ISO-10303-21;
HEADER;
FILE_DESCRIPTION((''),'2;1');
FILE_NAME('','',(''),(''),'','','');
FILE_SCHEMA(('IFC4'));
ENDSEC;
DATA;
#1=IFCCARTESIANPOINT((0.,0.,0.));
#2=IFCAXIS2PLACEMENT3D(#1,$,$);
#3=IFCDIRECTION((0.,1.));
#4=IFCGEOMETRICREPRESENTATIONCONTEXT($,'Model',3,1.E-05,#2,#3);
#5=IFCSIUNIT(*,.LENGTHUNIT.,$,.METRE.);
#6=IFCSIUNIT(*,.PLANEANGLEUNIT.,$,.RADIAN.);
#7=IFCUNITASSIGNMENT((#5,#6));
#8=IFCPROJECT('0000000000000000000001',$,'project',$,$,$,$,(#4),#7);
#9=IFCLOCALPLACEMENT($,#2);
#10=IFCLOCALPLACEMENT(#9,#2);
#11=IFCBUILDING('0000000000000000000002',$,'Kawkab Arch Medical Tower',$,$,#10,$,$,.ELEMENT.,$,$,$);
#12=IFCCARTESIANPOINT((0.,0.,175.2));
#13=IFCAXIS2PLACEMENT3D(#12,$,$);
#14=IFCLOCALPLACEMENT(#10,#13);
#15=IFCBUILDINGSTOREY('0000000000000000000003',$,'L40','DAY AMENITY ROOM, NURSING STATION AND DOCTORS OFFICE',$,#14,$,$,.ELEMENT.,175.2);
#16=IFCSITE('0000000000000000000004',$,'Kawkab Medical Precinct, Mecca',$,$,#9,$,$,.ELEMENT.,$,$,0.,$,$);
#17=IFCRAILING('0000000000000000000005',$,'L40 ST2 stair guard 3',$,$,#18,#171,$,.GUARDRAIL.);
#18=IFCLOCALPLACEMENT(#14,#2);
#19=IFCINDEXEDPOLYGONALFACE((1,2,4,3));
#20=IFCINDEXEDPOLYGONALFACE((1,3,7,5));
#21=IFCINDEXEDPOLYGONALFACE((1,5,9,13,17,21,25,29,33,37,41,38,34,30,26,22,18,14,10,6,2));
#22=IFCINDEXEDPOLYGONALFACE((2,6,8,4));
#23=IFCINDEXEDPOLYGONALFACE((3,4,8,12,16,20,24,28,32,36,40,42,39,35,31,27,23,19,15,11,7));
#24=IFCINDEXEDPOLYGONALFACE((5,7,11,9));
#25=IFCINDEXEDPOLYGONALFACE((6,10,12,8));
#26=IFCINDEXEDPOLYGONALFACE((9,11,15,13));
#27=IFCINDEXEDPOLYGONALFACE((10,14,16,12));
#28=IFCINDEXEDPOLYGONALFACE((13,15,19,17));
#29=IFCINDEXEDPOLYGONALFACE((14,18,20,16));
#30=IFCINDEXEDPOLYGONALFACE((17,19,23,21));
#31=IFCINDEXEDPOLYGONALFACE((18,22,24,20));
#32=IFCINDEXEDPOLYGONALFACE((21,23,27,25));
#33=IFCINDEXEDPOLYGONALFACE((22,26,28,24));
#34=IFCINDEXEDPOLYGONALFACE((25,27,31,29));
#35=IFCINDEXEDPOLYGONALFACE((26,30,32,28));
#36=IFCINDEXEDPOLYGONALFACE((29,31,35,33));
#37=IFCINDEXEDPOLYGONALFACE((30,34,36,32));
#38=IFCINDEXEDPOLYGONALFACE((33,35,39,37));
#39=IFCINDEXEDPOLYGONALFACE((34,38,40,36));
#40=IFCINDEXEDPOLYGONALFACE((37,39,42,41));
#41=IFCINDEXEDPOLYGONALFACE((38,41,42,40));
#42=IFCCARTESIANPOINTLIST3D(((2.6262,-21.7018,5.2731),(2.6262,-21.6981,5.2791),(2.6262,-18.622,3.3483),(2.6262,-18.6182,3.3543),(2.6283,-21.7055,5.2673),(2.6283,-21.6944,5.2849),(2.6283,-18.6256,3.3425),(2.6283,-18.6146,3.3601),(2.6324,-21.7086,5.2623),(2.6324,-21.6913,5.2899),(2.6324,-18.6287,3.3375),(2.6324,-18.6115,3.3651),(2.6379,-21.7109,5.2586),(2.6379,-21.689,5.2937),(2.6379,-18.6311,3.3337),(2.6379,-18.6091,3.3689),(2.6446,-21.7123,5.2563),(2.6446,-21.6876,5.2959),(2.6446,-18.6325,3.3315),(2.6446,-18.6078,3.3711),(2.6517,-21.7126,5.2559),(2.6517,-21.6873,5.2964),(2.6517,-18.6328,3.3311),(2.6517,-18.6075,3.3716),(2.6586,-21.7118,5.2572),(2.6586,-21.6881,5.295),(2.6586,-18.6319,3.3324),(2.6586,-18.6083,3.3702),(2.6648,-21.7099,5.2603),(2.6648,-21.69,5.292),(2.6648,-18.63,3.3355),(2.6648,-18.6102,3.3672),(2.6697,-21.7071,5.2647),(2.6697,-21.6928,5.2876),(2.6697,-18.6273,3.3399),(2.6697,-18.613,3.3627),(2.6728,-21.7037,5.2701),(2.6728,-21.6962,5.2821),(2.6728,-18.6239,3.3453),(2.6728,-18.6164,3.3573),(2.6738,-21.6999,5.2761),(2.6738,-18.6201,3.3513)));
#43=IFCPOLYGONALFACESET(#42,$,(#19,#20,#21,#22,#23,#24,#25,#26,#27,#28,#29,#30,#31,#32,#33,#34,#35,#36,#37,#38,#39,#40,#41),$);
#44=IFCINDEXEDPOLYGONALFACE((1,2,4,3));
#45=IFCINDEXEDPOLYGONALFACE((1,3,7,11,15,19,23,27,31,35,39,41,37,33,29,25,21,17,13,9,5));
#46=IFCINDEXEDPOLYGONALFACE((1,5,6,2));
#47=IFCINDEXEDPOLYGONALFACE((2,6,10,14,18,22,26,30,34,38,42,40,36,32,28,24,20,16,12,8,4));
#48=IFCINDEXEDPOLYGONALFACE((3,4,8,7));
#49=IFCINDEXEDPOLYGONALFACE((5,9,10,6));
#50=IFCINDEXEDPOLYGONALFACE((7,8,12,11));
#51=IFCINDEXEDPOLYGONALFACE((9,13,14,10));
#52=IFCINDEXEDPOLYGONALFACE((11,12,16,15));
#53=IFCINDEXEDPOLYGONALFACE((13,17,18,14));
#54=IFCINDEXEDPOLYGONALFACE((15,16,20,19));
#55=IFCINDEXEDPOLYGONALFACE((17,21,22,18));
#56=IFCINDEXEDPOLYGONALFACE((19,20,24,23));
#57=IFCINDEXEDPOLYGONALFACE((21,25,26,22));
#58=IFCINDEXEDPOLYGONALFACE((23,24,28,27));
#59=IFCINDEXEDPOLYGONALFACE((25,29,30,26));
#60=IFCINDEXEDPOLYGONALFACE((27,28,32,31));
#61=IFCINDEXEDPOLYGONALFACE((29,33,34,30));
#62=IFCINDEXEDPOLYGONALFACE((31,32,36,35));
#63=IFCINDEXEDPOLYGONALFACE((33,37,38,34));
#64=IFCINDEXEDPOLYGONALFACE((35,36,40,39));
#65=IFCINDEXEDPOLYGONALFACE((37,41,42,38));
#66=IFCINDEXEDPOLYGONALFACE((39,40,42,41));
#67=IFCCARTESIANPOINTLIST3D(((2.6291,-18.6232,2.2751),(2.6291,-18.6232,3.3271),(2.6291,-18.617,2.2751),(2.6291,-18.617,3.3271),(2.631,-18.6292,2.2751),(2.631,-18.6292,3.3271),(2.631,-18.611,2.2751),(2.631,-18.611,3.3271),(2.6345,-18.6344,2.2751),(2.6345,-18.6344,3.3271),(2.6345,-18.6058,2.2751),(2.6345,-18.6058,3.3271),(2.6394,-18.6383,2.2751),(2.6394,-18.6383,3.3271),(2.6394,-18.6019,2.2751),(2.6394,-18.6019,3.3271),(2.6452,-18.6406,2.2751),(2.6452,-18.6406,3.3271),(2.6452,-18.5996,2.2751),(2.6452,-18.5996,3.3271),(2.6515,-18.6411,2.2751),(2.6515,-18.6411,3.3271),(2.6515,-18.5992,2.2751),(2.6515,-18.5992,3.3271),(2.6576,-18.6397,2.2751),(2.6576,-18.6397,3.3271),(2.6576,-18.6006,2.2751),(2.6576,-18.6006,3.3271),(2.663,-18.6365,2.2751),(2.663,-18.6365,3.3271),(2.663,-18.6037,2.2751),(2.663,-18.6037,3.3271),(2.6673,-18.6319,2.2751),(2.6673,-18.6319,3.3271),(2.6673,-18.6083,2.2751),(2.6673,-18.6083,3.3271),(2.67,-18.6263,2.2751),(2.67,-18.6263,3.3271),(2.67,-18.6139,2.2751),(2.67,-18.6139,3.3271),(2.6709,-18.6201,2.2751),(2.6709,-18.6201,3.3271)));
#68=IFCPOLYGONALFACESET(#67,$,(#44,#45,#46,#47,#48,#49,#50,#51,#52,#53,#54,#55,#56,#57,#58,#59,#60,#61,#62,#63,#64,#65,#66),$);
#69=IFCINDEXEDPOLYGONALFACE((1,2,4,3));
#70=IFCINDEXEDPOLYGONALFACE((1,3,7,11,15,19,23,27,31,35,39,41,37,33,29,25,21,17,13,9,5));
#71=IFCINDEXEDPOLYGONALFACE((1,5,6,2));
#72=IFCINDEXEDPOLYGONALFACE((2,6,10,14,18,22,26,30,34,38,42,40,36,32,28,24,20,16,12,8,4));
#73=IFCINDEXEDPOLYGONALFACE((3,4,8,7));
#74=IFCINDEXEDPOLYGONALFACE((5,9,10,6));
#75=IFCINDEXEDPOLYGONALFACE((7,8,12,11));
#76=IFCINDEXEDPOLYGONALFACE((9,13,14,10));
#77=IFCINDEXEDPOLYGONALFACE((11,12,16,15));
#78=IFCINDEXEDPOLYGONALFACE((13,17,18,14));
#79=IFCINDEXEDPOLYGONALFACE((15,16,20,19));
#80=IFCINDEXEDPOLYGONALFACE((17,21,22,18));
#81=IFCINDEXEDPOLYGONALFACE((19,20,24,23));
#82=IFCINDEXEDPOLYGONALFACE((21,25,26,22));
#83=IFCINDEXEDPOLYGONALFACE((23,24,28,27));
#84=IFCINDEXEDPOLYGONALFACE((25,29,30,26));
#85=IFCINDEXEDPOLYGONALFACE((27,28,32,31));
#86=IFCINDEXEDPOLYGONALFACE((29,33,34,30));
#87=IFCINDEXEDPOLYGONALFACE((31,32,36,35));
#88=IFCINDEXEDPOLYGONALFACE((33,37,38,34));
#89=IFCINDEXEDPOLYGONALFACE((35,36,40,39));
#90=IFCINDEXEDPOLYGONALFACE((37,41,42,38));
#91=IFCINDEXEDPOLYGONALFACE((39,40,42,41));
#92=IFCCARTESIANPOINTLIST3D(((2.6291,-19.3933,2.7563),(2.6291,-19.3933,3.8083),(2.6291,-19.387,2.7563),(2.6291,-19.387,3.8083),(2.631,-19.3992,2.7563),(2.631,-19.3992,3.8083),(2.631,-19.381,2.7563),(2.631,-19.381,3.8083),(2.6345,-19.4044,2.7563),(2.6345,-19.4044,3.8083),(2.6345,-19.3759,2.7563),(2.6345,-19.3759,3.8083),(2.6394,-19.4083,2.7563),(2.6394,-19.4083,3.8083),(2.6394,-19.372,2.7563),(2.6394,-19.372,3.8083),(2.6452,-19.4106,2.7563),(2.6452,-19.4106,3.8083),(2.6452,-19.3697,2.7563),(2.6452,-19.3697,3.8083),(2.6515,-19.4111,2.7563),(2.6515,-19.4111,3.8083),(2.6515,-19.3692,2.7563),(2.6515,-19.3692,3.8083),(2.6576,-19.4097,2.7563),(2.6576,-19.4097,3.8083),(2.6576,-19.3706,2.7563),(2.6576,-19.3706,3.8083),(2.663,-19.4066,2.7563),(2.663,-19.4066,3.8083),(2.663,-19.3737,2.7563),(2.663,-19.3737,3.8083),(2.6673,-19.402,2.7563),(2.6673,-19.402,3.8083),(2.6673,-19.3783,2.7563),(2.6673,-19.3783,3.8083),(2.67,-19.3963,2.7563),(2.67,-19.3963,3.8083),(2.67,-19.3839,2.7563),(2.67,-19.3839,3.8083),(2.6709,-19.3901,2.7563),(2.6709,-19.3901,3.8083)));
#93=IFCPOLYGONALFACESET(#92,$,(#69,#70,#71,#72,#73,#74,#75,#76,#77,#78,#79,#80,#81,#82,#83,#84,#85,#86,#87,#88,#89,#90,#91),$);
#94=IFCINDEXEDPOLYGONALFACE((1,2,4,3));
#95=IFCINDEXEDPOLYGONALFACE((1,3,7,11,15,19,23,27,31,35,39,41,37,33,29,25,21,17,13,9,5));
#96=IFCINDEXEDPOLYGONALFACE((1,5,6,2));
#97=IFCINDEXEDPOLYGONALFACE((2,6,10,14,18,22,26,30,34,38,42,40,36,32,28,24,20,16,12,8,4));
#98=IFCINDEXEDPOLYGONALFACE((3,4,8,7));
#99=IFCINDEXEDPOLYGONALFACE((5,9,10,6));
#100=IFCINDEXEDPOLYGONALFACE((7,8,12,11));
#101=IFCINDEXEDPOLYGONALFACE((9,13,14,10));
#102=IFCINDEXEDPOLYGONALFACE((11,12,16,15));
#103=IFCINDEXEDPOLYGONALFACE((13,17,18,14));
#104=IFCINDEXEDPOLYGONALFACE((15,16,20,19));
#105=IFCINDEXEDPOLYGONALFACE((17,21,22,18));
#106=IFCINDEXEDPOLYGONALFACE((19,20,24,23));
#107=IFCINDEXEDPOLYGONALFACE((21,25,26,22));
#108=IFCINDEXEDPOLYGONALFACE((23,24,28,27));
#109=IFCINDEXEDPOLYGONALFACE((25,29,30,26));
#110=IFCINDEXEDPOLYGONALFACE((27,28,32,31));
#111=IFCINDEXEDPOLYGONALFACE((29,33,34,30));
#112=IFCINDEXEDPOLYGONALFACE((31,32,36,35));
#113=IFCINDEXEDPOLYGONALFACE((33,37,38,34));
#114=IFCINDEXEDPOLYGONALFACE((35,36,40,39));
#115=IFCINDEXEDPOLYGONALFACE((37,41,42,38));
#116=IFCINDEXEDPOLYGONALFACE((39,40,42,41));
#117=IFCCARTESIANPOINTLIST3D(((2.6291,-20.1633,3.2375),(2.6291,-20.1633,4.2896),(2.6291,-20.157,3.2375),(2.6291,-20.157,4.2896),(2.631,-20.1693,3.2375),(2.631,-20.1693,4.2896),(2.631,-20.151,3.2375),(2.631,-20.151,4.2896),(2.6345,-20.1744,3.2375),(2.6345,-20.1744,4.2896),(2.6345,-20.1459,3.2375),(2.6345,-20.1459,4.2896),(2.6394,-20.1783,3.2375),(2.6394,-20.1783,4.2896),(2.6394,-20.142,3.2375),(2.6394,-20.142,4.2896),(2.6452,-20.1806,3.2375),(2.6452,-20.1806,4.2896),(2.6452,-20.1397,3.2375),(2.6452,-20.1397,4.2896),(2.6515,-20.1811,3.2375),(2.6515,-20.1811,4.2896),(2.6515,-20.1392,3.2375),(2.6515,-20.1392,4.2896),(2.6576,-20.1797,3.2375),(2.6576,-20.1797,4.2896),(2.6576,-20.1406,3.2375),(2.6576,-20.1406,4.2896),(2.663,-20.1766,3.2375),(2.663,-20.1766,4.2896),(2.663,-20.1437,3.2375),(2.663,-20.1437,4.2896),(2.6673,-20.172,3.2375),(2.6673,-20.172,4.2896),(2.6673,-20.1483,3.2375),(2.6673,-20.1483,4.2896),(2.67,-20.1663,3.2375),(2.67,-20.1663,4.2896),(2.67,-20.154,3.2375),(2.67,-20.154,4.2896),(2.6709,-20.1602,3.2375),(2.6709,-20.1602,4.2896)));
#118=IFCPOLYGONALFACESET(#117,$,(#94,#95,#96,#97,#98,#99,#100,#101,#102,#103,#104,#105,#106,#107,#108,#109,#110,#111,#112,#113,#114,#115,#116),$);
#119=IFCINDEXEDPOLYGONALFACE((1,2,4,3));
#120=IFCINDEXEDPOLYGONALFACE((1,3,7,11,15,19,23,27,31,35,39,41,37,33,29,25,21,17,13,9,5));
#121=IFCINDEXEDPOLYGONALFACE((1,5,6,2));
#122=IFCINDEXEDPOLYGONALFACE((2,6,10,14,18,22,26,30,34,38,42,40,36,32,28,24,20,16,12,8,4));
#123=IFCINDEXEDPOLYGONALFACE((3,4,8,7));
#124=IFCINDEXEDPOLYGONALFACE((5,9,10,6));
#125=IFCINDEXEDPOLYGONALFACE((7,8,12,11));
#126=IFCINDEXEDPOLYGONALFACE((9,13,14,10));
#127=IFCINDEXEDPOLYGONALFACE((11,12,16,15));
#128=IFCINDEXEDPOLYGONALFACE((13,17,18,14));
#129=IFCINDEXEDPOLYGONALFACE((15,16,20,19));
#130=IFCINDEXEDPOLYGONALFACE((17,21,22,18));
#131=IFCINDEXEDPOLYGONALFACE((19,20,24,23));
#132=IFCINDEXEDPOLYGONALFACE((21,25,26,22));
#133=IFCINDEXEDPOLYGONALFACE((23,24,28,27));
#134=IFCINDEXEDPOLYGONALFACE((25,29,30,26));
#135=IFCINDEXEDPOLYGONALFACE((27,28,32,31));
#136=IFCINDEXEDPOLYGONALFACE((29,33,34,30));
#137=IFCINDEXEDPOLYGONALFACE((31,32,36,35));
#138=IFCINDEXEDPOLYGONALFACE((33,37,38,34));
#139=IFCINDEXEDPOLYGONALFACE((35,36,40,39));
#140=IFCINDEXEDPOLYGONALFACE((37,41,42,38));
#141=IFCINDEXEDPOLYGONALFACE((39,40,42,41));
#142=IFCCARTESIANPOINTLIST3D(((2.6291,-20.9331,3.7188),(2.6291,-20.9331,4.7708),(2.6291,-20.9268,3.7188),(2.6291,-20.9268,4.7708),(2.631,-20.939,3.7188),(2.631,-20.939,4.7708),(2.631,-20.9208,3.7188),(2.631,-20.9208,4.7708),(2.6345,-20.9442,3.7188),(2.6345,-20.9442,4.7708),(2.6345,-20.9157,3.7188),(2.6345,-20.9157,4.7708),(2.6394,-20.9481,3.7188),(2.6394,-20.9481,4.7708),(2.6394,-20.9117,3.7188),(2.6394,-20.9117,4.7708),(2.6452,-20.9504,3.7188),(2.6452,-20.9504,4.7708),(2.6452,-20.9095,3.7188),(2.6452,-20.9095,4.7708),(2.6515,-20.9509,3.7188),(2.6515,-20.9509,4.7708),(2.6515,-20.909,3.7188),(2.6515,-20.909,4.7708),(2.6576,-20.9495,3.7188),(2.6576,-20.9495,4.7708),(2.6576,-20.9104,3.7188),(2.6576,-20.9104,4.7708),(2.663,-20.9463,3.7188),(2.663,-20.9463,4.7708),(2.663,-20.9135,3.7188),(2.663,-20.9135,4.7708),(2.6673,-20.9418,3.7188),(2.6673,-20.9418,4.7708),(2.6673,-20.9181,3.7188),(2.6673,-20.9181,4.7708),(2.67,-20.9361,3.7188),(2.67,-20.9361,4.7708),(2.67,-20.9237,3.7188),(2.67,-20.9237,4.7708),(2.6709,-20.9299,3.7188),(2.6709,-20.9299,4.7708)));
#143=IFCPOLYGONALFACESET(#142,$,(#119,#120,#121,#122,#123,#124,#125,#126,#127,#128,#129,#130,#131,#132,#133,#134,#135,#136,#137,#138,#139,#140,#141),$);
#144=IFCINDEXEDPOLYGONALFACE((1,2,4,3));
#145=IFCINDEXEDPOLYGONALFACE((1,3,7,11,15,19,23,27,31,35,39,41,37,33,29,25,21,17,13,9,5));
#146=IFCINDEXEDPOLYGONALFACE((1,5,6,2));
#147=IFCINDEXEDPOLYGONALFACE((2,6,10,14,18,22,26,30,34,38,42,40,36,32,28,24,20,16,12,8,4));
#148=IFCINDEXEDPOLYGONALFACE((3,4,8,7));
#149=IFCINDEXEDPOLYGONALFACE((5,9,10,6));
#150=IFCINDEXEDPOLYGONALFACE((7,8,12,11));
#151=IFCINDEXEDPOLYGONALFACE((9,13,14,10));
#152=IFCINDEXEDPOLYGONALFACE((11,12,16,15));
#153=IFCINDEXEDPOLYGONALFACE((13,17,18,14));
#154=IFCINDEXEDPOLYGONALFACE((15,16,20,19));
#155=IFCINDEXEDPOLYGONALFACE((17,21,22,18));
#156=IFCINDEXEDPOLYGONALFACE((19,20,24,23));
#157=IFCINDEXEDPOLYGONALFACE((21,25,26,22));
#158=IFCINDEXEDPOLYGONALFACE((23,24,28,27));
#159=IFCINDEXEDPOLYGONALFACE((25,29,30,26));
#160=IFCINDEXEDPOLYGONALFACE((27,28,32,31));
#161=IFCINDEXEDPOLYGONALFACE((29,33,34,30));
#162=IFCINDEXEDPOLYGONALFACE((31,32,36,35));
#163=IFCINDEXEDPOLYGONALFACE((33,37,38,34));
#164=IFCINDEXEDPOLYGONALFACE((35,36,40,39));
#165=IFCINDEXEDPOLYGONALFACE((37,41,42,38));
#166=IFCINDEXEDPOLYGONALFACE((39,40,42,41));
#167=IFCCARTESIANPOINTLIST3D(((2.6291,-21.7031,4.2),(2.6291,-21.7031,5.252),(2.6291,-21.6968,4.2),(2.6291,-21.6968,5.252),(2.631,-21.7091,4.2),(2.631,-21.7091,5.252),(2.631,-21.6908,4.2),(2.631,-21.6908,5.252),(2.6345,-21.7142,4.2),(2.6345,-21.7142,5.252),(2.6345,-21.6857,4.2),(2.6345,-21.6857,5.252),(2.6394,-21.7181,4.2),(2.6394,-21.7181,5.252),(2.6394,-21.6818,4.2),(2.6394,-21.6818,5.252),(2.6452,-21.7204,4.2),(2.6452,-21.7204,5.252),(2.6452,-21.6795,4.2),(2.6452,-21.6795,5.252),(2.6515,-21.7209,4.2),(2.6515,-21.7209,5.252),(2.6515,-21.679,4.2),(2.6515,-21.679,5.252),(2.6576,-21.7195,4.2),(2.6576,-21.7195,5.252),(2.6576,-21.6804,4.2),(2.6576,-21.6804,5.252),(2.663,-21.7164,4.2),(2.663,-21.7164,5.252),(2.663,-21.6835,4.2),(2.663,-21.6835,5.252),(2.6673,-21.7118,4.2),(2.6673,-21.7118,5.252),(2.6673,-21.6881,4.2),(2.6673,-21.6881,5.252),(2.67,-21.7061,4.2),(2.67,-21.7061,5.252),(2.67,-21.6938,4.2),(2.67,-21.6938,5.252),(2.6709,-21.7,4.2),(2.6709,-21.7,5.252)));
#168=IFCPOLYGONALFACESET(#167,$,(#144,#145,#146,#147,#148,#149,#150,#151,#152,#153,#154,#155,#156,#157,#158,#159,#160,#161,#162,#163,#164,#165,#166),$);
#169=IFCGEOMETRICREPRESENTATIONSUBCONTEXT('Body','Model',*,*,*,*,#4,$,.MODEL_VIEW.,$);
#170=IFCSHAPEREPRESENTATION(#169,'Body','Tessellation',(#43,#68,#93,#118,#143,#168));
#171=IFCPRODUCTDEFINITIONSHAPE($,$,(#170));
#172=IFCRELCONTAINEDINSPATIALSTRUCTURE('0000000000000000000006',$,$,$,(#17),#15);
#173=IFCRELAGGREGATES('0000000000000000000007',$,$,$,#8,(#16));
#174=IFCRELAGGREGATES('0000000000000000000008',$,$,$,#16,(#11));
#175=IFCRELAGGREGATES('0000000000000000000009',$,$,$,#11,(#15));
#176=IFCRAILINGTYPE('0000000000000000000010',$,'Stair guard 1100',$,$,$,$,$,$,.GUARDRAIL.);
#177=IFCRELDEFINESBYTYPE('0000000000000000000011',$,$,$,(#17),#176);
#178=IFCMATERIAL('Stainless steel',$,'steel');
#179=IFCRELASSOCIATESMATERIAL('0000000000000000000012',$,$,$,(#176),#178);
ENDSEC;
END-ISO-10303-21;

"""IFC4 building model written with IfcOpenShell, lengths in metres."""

from ifc_helpers import new_model, si_unit, direction, frame, origin, origin_2d, place, context, subcontext, project, spatial, circle, extrude, material, type_object, element, save


model = new_model("IFC4")

# Units and contexts
model_context = context("Model", 3, precision=1e-05, world=origin(), true_north=direction((0.0, 1.0)))
body_context = subcontext(model_context, "Body", "Model", "MODEL_VIEW")
ifc_project = project(units=[si_unit("LENGTHUNIT", "METRE"), si_unit("PLANEANGLEUNIT", "RADIAN")], contexts=[model_context])

# Site, building, storey
site_placement = place(None, origin())
site = spatial("IfcSite", under=ifc_project, at=site_placement, Name="Kawkab Medical Precinct, Mecca", CompositionType="ELEMENT", RefElevation=0.0)
building_placement = place(site_placement, origin())
building = spatial("IfcBuilding", under=site, at=building_placement, Name="Kawkab Arch Medical Tower", CompositionType="ELEMENT")
storey_placement = place(building_placement, frame((0.0, 0.0, 175.2)))
storey = spatial("IfcBuildingStorey", under=building, at=storey_placement, Name="L40", Description="DAY AMENITY ROOM, NURSING STATION AND DOCTORS OFFICE", CompositionType="ELEMENT", Elevation=175.2)

# Railing
ifc_material_1 = material(Name="Stainless steel", Category="steel")
railing_type_1 = type_object("IfcRailingType", Name="Stair guard 1100", PredefinedType="GUARDRAIL", material=ifc_material_1)
railing_1_placement = place(storey_placement, frame((2.6499, -18.6201, 2.2751)))
element("IfcRailing", 1, at=railing_1_placement, inside=storey, type_object=railing_type_1, Name="L40 ST2 stair guard 3", PredefinedType="GUARDRAIL", context=body_context, shape_type="SweptSolid", body=[
    extrude(circle(Radius=0.0239, at=origin_2d()), frame((0.0, 0.0, 1.0762), z_axis=(0.0, -0.84801, 0.529981), x_axis=(1.0, 0.0, 0.0)), (0.0, 0.0, 1.0), 3.6318),
    extrude(circle(Radius=0.021, at=origin_2d()), origin(), (0.0, 0.0, 1.0), 1.052),
    extrude(circle(Radius=0.021, at=origin_2d()), frame((0.0, -0.77, 0.4812)), (0.0, 0.0, 1.0), 1.052),
    extrude(circle(Radius=0.021, at=origin_2d()), frame((0.0, -1.54, 0.9624)), (0.0, 0.0, 1.0), 1.052),
    extrude(circle(Radius=0.021, at=origin_2d()), frame((0.0, -2.3098, 1.4436)), (0.0, 0.0, 1.0), 1.052),
    extrude(circle(Radius=0.021, at=origin_2d()), frame((0.0, -3.0798, 1.9248)), (0.0, 0.0, 1.0), 1.052),
])

save(model, "model.ifc")
